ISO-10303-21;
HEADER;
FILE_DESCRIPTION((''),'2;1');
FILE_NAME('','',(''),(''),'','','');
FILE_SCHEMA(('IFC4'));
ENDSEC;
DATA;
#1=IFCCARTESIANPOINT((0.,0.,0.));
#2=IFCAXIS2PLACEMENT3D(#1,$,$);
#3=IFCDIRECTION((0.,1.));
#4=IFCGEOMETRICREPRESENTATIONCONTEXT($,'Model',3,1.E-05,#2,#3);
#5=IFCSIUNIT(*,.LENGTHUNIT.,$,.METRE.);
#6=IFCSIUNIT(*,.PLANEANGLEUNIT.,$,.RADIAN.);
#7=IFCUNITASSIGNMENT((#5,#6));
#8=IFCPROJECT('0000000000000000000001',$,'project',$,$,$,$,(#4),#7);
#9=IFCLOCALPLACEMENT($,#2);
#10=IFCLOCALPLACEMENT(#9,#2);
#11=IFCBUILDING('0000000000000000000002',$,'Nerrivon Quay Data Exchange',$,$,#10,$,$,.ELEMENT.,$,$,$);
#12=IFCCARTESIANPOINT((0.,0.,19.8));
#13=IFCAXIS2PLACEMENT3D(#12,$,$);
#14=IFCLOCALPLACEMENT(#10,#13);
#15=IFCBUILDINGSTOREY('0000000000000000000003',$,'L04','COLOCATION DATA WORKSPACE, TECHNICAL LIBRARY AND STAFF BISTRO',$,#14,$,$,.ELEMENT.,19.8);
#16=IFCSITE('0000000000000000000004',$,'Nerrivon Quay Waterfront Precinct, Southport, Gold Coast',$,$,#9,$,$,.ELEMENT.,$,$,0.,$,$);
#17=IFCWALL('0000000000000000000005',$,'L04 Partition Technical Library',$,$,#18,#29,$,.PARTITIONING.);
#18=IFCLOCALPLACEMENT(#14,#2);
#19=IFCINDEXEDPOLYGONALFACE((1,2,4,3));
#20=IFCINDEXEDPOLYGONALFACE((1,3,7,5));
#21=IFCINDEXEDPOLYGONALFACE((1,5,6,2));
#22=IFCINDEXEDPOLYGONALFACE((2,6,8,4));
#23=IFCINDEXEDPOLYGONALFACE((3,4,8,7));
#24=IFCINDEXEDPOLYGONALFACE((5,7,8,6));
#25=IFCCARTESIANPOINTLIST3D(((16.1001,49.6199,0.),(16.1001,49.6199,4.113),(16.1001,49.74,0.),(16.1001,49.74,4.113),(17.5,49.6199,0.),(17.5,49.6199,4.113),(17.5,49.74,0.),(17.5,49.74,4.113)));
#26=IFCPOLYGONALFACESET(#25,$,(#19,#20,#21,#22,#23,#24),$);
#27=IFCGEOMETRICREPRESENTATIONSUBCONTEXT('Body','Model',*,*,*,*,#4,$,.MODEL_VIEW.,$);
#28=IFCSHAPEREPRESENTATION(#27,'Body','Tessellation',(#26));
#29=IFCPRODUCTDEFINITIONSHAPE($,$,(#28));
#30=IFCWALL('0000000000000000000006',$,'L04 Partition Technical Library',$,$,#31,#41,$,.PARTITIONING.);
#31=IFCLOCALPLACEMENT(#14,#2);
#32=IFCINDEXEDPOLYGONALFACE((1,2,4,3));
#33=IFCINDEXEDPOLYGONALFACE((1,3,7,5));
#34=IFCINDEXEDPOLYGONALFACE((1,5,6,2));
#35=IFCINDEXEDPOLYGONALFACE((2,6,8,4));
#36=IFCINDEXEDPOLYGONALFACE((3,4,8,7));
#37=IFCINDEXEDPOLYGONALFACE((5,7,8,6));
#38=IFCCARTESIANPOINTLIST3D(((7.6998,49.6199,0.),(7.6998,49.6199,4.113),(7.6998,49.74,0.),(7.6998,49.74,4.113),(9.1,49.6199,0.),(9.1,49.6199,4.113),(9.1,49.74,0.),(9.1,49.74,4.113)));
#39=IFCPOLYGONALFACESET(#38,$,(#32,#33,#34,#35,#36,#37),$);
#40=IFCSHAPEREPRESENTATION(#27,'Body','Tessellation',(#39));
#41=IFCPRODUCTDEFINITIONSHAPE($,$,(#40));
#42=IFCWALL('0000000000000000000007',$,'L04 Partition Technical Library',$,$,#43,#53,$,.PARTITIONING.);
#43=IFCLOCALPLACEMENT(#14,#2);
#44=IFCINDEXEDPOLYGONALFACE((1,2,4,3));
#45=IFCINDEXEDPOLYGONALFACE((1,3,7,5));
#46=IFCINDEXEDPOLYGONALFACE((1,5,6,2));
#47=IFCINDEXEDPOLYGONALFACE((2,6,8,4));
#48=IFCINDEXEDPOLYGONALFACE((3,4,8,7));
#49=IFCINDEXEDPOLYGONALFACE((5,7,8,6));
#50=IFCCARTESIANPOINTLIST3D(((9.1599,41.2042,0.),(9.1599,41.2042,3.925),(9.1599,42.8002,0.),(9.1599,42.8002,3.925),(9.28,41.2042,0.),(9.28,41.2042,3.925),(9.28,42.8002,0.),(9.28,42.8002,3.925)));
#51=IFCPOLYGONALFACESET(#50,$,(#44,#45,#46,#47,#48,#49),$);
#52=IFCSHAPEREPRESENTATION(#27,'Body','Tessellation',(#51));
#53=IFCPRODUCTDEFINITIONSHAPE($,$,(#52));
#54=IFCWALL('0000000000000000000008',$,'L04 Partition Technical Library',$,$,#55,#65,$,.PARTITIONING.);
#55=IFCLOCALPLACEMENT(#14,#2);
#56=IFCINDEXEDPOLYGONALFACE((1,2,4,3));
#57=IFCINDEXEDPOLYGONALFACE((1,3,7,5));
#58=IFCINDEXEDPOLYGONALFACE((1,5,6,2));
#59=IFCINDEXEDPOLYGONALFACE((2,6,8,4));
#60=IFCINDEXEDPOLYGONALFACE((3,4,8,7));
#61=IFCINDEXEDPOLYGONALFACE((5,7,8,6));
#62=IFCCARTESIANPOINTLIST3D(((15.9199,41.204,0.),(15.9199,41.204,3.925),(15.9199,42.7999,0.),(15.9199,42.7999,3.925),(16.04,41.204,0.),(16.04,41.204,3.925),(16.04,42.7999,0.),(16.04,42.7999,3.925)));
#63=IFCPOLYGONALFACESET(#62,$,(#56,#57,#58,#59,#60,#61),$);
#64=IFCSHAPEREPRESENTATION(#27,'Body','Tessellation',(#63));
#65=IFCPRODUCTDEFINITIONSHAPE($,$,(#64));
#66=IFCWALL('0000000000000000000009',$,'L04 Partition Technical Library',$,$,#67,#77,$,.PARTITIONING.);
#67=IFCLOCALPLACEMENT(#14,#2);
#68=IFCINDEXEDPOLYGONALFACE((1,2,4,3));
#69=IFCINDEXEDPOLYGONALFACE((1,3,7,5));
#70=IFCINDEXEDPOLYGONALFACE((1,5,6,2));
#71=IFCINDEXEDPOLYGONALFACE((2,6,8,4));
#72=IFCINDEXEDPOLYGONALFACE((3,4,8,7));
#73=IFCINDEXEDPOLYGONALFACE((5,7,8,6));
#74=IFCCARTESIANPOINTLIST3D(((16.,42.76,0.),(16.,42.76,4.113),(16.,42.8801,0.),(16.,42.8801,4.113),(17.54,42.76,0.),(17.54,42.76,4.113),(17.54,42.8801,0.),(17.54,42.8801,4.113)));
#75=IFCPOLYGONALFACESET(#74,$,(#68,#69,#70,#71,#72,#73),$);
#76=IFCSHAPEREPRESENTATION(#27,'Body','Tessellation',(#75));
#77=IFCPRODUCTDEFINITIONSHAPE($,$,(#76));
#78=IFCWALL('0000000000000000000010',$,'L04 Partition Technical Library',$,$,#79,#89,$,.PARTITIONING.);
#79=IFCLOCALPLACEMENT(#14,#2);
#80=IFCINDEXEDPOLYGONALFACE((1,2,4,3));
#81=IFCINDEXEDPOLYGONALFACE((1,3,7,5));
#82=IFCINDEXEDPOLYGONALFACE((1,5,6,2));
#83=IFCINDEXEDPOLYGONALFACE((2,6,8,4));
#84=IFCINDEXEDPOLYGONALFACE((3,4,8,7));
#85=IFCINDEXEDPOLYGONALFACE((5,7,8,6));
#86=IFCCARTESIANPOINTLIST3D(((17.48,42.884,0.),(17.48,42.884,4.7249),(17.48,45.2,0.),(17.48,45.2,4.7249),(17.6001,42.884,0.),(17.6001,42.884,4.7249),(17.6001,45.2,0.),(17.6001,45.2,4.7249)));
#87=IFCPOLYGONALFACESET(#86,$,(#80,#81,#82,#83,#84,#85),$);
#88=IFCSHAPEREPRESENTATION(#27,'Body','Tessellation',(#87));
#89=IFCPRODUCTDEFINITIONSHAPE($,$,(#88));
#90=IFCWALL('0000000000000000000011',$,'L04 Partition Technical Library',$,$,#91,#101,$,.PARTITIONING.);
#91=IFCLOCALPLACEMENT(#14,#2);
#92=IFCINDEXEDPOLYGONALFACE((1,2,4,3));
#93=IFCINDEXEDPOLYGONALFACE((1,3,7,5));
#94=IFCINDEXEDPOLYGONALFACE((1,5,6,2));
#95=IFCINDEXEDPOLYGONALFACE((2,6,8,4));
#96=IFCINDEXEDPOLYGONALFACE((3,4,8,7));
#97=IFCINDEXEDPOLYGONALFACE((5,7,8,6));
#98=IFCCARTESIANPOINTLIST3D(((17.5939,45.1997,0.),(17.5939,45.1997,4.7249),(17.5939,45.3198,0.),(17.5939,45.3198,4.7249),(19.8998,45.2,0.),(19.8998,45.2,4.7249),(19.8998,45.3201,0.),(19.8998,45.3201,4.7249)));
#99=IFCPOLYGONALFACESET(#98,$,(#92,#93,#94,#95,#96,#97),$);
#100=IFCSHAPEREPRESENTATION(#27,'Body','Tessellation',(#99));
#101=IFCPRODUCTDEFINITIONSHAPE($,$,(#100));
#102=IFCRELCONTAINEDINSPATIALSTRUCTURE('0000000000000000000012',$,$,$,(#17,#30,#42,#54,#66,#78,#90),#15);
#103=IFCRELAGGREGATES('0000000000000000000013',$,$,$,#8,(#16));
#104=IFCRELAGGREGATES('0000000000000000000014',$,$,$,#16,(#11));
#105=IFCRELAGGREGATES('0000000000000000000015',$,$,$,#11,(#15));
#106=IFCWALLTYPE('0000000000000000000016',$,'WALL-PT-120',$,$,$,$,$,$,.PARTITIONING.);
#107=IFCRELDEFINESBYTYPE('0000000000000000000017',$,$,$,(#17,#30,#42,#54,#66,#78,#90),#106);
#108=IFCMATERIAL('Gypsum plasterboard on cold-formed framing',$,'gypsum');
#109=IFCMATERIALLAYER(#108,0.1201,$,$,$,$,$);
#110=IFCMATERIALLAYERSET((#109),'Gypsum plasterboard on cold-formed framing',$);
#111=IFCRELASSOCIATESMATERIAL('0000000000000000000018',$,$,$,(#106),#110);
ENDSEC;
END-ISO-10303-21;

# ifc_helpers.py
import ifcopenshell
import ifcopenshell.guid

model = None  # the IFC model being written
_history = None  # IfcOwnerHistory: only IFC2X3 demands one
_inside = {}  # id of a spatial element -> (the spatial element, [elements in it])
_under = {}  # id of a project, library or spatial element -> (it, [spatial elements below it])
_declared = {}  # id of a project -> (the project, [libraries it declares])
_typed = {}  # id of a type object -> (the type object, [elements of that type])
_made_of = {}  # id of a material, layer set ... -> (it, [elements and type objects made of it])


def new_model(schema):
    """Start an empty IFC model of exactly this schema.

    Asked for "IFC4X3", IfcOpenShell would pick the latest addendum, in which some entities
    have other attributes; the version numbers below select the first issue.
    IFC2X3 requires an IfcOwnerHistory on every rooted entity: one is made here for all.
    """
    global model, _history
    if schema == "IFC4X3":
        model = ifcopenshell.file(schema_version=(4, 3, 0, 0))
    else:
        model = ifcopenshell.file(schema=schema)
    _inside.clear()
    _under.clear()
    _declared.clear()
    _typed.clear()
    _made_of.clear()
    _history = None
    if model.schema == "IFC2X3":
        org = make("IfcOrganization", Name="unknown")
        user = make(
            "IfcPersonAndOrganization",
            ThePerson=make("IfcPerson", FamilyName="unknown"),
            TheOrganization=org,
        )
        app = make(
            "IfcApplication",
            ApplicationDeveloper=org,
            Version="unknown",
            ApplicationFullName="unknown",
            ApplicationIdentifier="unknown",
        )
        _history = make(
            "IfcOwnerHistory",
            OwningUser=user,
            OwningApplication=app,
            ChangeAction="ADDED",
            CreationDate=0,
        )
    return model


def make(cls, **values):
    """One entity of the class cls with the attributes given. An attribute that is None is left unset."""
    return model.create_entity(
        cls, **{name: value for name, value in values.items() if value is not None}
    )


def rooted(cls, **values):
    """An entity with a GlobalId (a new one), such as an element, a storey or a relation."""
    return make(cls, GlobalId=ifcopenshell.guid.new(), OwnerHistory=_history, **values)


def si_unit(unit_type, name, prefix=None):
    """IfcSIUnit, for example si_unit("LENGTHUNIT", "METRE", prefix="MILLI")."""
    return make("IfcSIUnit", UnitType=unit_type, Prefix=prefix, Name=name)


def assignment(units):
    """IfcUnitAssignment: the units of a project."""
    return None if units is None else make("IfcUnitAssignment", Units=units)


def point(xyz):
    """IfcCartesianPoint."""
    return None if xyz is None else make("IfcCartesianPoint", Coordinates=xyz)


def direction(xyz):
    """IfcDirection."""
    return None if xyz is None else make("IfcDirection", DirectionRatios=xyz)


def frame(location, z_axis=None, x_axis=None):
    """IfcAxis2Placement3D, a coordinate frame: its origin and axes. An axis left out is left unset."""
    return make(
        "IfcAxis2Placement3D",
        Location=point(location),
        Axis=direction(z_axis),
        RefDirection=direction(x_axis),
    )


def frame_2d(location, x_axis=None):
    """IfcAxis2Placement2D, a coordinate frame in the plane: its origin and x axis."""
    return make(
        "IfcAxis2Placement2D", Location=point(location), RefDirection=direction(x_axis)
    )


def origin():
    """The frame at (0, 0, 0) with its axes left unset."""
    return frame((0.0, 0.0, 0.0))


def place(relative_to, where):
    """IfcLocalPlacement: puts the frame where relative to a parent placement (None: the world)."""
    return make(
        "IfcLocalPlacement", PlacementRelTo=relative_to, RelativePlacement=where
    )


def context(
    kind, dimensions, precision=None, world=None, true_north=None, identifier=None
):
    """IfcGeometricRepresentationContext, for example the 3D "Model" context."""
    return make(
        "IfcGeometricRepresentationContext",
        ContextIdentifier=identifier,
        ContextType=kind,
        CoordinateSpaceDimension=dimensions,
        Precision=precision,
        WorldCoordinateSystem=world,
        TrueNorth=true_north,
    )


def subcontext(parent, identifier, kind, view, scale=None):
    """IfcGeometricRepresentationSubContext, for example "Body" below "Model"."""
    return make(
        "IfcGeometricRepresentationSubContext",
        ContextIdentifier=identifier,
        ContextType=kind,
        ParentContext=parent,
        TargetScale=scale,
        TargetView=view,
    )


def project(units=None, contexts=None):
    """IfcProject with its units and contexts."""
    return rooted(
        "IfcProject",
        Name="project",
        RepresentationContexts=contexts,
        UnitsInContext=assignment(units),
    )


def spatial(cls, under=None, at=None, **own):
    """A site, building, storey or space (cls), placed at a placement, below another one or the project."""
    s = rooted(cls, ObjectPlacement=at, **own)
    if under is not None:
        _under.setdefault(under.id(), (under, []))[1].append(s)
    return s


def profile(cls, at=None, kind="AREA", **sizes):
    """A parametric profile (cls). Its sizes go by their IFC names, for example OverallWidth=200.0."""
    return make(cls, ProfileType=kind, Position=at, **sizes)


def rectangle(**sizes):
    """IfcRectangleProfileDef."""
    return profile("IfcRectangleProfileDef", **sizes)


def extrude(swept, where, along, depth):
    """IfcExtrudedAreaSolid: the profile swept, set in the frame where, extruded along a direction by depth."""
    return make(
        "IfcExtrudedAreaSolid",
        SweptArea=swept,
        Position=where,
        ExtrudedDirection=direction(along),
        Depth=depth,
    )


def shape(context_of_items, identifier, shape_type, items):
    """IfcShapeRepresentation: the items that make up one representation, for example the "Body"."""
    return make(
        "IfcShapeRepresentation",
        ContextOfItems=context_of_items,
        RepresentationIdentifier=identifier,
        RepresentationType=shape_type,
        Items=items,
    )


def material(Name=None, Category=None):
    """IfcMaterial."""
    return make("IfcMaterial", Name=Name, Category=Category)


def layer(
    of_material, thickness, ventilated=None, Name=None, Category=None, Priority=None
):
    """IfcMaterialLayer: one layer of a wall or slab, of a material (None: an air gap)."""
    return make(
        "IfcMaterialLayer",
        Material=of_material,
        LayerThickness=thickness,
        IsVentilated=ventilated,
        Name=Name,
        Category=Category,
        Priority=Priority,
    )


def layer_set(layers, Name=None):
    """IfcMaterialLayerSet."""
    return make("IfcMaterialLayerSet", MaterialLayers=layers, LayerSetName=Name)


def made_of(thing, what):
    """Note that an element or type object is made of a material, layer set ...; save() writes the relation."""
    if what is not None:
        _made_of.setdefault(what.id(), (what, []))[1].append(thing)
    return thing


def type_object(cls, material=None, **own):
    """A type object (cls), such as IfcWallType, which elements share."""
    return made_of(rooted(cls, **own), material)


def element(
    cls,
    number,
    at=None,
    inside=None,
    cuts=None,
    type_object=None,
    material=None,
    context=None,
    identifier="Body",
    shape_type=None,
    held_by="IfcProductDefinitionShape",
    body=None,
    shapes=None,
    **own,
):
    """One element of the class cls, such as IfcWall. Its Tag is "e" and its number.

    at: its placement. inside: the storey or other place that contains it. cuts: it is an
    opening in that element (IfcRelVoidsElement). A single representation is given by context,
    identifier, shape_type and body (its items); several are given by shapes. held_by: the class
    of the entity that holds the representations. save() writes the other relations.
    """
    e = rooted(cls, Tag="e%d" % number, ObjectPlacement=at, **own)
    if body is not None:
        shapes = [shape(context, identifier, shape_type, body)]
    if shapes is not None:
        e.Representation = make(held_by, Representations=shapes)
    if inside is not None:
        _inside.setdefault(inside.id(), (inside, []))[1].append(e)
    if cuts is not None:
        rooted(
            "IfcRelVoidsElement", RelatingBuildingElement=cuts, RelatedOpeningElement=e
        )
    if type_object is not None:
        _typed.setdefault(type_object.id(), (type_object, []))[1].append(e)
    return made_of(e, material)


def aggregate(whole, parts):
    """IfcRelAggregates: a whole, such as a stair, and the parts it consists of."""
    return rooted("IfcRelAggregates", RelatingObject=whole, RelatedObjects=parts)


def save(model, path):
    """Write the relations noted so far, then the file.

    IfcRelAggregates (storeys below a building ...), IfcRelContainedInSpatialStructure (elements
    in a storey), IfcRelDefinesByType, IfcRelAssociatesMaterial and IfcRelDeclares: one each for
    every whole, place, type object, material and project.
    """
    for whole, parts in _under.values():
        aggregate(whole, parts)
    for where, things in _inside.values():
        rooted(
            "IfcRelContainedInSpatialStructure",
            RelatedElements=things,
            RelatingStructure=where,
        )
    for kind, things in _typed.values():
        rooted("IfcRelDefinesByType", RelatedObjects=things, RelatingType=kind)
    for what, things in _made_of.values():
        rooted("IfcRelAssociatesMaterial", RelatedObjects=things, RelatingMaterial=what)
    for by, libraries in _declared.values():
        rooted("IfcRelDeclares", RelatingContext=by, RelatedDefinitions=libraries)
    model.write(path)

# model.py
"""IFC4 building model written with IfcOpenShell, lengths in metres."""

from ifc_helpers import new_model, si_unit, direction, frame, frame_2d, origin, place, context, subcontext, project, spatial, rectangle, extrude, material, layer, layer_set, type_object, element, save


model = new_model("IFC4")

# Units and contexts
model_context = context("Model", 3, precision=1e-05, world=origin(), true_north=direction((0.0, 1.0)))
body_context = subcontext(model_context, "Body", "Model", "MODEL_VIEW")
ifc_project = project(units=[si_unit("LENGTHUNIT", "METRE"), si_unit("PLANEANGLEUNIT", "RADIAN")], contexts=[model_context])

# Site, building, storey
site_placement = place(None, origin())
site = spatial("IfcSite", under=ifc_project, at=site_placement, Name="Nerrivon Quay Waterfront Precinct, Southport, Gold Coast", CompositionType="ELEMENT", RefElevation=0.0)
building_placement = place(site_placement, origin())
building = spatial("IfcBuilding", under=site, at=building_placement, Name="Nerrivon Quay Data Exchange", CompositionType="ELEMENT")
storey_placement = place(building_placement, frame((0.0, 0.0, 19.8)))
storey = spatial("IfcBuildingStorey", under=building, at=storey_placement, Name="L04", Description="COLOCATION DATA WORKSPACE, TECHNICAL LIBRARY AND STAFF BISTRO", CompositionType="ELEMENT", Elevation=19.8)

# Walls
ifc_material_1 = material(Name="Gypsum plasterboard on cold-formed framing", Category="gypsum")
ifc_layer_1 = layer(ifc_material_1, 0.1201)
ifc_layer_set_1 = layer_set([ifc_layer_1], Name="Gypsum plasterboard on cold-formed framing")
wall_type_1 = type_object("IfcWallType", Name="WALL-PT-120", PredefinedType="PARTITIONING", material=ifc_layer_set_1)
wall_1_placement = place(storey_placement, frame((17.5, 49.6799, 0.0), z_axis=(0.0, 0.0, 1.0), x_axis=(-1.0, 0.0, 0.0)))
element("IfcWall", 1, at=wall_1_placement, inside=storey, type_object=wall_type_1, Name="L04 Partition Technical Library", PredefinedType="PARTITIONING", context=body_context, shape_type="SweptSolid", body=[
    extrude(rectangle(XDim=1.3999, YDim=0.1201, at=frame_2d((0.7, 0.0))), origin(), (0.0, 0.0, 1.0), 4.113),
])
wall_2_placement = place(storey_placement, frame((9.1001, 49.6799, 0.0), z_axis=(0.0, 0.0, 1.0), x_axis=(-1.0, 0.0, 0.0)))
element("IfcWall", 2, at=wall_2_placement, inside=storey, type_object=wall_type_1, Name="L04 Partition Technical Library", PredefinedType="PARTITIONING", context=body_context, shape_type="SweptSolid", body=[
    extrude(rectangle(XDim=1.4001, YDim=0.1201, at=frame_2d((0.7002, 0.0))), origin(), (0.0, 0.0, 1.0), 4.113),
])
for number, where, z_axis, x_axis, name in (
    (3, (9.22, 42.8, 0.0), (0.0, 0.0, 1.0), (0.0, -1.0, 0.0), "L04 Partition Technical Library"),
    (4, (15.98, 41.2041, 0.0), (0.0, 0.0, 1.0), (0.0, 1.0, 0.0), "L04 Partition Technical Library"),
):
    element("IfcWall", number, at=place(storey_placement, frame(where, z_axis=z_axis, x_axis=x_axis)), inside=storey, type_object=wall_type_1, Name=name, PredefinedType="PARTITIONING", context=body_context, shape_type="SweptSolid", body=[
        extrude(rectangle(XDim=1.5959, YDim=0.1201, at=frame_2d((0.7979, 0.0))), origin(), (0.0, 0.0, 1.0), 3.925),
    ])
wall_3_placement = place(storey_placement, frame((16.0, 42.8201, 0.0), z_axis=(0.0, 0.0, 1.0), x_axis=(1.0, 0.0, 0.0)))
element("IfcWall", 5, at=wall_3_placement, inside=storey, type_object=wall_type_1, Name="L04 Partition Technical Library", PredefinedType="PARTITIONING", context=body_context, shape_type="SweptSolid", body=[
    extrude(rectangle(XDim=1.54, YDim=0.1201, at=frame_2d((0.77, 0.0))), origin(), (0.0, 0.0, 1.0), 4.113),
])
wall_4_placement = place(storey_placement, frame((17.54, 42.884, 0.0), z_axis=(0.0, 0.0, 1.0), x_axis=(0.0, 1.0, 0.0)))
element("IfcWall", 6, at=wall_4_placement, inside=storey, type_object=wall_type_1, Name="L04 Partition Technical Library", PredefinedType="PARTITIONING", context=body_context, shape_type="SweptSolid", body=[
    extrude(rectangle(XDim=2.3159, YDim=0.1201, at=frame_2d((1.158, 0.0))), origin(), (0.0, 0.0, 1.0), 4.7249),
])
wall_5_placement = place(storey_placement, frame((17.594, 45.2598, 0.0), z_axis=(0.0, 0.0, 1.0), x_axis=(1.0, 0.000106, 0.0)))
element("IfcWall", 7, at=wall_5_placement, inside=storey, type_object=wall_type_1, Name="L04 Partition Technical Library", PredefinedType="PARTITIONING", context=body_context, shape_type="SweptSolid", body=[
    extrude(rectangle(XDim=2.3059, YDim=0.1201, at=frame_2d((1.1528, 0.0))), origin(), (0.0, 0.0, 1.0), 4.7249),
])

save(model, "model.ifc")
